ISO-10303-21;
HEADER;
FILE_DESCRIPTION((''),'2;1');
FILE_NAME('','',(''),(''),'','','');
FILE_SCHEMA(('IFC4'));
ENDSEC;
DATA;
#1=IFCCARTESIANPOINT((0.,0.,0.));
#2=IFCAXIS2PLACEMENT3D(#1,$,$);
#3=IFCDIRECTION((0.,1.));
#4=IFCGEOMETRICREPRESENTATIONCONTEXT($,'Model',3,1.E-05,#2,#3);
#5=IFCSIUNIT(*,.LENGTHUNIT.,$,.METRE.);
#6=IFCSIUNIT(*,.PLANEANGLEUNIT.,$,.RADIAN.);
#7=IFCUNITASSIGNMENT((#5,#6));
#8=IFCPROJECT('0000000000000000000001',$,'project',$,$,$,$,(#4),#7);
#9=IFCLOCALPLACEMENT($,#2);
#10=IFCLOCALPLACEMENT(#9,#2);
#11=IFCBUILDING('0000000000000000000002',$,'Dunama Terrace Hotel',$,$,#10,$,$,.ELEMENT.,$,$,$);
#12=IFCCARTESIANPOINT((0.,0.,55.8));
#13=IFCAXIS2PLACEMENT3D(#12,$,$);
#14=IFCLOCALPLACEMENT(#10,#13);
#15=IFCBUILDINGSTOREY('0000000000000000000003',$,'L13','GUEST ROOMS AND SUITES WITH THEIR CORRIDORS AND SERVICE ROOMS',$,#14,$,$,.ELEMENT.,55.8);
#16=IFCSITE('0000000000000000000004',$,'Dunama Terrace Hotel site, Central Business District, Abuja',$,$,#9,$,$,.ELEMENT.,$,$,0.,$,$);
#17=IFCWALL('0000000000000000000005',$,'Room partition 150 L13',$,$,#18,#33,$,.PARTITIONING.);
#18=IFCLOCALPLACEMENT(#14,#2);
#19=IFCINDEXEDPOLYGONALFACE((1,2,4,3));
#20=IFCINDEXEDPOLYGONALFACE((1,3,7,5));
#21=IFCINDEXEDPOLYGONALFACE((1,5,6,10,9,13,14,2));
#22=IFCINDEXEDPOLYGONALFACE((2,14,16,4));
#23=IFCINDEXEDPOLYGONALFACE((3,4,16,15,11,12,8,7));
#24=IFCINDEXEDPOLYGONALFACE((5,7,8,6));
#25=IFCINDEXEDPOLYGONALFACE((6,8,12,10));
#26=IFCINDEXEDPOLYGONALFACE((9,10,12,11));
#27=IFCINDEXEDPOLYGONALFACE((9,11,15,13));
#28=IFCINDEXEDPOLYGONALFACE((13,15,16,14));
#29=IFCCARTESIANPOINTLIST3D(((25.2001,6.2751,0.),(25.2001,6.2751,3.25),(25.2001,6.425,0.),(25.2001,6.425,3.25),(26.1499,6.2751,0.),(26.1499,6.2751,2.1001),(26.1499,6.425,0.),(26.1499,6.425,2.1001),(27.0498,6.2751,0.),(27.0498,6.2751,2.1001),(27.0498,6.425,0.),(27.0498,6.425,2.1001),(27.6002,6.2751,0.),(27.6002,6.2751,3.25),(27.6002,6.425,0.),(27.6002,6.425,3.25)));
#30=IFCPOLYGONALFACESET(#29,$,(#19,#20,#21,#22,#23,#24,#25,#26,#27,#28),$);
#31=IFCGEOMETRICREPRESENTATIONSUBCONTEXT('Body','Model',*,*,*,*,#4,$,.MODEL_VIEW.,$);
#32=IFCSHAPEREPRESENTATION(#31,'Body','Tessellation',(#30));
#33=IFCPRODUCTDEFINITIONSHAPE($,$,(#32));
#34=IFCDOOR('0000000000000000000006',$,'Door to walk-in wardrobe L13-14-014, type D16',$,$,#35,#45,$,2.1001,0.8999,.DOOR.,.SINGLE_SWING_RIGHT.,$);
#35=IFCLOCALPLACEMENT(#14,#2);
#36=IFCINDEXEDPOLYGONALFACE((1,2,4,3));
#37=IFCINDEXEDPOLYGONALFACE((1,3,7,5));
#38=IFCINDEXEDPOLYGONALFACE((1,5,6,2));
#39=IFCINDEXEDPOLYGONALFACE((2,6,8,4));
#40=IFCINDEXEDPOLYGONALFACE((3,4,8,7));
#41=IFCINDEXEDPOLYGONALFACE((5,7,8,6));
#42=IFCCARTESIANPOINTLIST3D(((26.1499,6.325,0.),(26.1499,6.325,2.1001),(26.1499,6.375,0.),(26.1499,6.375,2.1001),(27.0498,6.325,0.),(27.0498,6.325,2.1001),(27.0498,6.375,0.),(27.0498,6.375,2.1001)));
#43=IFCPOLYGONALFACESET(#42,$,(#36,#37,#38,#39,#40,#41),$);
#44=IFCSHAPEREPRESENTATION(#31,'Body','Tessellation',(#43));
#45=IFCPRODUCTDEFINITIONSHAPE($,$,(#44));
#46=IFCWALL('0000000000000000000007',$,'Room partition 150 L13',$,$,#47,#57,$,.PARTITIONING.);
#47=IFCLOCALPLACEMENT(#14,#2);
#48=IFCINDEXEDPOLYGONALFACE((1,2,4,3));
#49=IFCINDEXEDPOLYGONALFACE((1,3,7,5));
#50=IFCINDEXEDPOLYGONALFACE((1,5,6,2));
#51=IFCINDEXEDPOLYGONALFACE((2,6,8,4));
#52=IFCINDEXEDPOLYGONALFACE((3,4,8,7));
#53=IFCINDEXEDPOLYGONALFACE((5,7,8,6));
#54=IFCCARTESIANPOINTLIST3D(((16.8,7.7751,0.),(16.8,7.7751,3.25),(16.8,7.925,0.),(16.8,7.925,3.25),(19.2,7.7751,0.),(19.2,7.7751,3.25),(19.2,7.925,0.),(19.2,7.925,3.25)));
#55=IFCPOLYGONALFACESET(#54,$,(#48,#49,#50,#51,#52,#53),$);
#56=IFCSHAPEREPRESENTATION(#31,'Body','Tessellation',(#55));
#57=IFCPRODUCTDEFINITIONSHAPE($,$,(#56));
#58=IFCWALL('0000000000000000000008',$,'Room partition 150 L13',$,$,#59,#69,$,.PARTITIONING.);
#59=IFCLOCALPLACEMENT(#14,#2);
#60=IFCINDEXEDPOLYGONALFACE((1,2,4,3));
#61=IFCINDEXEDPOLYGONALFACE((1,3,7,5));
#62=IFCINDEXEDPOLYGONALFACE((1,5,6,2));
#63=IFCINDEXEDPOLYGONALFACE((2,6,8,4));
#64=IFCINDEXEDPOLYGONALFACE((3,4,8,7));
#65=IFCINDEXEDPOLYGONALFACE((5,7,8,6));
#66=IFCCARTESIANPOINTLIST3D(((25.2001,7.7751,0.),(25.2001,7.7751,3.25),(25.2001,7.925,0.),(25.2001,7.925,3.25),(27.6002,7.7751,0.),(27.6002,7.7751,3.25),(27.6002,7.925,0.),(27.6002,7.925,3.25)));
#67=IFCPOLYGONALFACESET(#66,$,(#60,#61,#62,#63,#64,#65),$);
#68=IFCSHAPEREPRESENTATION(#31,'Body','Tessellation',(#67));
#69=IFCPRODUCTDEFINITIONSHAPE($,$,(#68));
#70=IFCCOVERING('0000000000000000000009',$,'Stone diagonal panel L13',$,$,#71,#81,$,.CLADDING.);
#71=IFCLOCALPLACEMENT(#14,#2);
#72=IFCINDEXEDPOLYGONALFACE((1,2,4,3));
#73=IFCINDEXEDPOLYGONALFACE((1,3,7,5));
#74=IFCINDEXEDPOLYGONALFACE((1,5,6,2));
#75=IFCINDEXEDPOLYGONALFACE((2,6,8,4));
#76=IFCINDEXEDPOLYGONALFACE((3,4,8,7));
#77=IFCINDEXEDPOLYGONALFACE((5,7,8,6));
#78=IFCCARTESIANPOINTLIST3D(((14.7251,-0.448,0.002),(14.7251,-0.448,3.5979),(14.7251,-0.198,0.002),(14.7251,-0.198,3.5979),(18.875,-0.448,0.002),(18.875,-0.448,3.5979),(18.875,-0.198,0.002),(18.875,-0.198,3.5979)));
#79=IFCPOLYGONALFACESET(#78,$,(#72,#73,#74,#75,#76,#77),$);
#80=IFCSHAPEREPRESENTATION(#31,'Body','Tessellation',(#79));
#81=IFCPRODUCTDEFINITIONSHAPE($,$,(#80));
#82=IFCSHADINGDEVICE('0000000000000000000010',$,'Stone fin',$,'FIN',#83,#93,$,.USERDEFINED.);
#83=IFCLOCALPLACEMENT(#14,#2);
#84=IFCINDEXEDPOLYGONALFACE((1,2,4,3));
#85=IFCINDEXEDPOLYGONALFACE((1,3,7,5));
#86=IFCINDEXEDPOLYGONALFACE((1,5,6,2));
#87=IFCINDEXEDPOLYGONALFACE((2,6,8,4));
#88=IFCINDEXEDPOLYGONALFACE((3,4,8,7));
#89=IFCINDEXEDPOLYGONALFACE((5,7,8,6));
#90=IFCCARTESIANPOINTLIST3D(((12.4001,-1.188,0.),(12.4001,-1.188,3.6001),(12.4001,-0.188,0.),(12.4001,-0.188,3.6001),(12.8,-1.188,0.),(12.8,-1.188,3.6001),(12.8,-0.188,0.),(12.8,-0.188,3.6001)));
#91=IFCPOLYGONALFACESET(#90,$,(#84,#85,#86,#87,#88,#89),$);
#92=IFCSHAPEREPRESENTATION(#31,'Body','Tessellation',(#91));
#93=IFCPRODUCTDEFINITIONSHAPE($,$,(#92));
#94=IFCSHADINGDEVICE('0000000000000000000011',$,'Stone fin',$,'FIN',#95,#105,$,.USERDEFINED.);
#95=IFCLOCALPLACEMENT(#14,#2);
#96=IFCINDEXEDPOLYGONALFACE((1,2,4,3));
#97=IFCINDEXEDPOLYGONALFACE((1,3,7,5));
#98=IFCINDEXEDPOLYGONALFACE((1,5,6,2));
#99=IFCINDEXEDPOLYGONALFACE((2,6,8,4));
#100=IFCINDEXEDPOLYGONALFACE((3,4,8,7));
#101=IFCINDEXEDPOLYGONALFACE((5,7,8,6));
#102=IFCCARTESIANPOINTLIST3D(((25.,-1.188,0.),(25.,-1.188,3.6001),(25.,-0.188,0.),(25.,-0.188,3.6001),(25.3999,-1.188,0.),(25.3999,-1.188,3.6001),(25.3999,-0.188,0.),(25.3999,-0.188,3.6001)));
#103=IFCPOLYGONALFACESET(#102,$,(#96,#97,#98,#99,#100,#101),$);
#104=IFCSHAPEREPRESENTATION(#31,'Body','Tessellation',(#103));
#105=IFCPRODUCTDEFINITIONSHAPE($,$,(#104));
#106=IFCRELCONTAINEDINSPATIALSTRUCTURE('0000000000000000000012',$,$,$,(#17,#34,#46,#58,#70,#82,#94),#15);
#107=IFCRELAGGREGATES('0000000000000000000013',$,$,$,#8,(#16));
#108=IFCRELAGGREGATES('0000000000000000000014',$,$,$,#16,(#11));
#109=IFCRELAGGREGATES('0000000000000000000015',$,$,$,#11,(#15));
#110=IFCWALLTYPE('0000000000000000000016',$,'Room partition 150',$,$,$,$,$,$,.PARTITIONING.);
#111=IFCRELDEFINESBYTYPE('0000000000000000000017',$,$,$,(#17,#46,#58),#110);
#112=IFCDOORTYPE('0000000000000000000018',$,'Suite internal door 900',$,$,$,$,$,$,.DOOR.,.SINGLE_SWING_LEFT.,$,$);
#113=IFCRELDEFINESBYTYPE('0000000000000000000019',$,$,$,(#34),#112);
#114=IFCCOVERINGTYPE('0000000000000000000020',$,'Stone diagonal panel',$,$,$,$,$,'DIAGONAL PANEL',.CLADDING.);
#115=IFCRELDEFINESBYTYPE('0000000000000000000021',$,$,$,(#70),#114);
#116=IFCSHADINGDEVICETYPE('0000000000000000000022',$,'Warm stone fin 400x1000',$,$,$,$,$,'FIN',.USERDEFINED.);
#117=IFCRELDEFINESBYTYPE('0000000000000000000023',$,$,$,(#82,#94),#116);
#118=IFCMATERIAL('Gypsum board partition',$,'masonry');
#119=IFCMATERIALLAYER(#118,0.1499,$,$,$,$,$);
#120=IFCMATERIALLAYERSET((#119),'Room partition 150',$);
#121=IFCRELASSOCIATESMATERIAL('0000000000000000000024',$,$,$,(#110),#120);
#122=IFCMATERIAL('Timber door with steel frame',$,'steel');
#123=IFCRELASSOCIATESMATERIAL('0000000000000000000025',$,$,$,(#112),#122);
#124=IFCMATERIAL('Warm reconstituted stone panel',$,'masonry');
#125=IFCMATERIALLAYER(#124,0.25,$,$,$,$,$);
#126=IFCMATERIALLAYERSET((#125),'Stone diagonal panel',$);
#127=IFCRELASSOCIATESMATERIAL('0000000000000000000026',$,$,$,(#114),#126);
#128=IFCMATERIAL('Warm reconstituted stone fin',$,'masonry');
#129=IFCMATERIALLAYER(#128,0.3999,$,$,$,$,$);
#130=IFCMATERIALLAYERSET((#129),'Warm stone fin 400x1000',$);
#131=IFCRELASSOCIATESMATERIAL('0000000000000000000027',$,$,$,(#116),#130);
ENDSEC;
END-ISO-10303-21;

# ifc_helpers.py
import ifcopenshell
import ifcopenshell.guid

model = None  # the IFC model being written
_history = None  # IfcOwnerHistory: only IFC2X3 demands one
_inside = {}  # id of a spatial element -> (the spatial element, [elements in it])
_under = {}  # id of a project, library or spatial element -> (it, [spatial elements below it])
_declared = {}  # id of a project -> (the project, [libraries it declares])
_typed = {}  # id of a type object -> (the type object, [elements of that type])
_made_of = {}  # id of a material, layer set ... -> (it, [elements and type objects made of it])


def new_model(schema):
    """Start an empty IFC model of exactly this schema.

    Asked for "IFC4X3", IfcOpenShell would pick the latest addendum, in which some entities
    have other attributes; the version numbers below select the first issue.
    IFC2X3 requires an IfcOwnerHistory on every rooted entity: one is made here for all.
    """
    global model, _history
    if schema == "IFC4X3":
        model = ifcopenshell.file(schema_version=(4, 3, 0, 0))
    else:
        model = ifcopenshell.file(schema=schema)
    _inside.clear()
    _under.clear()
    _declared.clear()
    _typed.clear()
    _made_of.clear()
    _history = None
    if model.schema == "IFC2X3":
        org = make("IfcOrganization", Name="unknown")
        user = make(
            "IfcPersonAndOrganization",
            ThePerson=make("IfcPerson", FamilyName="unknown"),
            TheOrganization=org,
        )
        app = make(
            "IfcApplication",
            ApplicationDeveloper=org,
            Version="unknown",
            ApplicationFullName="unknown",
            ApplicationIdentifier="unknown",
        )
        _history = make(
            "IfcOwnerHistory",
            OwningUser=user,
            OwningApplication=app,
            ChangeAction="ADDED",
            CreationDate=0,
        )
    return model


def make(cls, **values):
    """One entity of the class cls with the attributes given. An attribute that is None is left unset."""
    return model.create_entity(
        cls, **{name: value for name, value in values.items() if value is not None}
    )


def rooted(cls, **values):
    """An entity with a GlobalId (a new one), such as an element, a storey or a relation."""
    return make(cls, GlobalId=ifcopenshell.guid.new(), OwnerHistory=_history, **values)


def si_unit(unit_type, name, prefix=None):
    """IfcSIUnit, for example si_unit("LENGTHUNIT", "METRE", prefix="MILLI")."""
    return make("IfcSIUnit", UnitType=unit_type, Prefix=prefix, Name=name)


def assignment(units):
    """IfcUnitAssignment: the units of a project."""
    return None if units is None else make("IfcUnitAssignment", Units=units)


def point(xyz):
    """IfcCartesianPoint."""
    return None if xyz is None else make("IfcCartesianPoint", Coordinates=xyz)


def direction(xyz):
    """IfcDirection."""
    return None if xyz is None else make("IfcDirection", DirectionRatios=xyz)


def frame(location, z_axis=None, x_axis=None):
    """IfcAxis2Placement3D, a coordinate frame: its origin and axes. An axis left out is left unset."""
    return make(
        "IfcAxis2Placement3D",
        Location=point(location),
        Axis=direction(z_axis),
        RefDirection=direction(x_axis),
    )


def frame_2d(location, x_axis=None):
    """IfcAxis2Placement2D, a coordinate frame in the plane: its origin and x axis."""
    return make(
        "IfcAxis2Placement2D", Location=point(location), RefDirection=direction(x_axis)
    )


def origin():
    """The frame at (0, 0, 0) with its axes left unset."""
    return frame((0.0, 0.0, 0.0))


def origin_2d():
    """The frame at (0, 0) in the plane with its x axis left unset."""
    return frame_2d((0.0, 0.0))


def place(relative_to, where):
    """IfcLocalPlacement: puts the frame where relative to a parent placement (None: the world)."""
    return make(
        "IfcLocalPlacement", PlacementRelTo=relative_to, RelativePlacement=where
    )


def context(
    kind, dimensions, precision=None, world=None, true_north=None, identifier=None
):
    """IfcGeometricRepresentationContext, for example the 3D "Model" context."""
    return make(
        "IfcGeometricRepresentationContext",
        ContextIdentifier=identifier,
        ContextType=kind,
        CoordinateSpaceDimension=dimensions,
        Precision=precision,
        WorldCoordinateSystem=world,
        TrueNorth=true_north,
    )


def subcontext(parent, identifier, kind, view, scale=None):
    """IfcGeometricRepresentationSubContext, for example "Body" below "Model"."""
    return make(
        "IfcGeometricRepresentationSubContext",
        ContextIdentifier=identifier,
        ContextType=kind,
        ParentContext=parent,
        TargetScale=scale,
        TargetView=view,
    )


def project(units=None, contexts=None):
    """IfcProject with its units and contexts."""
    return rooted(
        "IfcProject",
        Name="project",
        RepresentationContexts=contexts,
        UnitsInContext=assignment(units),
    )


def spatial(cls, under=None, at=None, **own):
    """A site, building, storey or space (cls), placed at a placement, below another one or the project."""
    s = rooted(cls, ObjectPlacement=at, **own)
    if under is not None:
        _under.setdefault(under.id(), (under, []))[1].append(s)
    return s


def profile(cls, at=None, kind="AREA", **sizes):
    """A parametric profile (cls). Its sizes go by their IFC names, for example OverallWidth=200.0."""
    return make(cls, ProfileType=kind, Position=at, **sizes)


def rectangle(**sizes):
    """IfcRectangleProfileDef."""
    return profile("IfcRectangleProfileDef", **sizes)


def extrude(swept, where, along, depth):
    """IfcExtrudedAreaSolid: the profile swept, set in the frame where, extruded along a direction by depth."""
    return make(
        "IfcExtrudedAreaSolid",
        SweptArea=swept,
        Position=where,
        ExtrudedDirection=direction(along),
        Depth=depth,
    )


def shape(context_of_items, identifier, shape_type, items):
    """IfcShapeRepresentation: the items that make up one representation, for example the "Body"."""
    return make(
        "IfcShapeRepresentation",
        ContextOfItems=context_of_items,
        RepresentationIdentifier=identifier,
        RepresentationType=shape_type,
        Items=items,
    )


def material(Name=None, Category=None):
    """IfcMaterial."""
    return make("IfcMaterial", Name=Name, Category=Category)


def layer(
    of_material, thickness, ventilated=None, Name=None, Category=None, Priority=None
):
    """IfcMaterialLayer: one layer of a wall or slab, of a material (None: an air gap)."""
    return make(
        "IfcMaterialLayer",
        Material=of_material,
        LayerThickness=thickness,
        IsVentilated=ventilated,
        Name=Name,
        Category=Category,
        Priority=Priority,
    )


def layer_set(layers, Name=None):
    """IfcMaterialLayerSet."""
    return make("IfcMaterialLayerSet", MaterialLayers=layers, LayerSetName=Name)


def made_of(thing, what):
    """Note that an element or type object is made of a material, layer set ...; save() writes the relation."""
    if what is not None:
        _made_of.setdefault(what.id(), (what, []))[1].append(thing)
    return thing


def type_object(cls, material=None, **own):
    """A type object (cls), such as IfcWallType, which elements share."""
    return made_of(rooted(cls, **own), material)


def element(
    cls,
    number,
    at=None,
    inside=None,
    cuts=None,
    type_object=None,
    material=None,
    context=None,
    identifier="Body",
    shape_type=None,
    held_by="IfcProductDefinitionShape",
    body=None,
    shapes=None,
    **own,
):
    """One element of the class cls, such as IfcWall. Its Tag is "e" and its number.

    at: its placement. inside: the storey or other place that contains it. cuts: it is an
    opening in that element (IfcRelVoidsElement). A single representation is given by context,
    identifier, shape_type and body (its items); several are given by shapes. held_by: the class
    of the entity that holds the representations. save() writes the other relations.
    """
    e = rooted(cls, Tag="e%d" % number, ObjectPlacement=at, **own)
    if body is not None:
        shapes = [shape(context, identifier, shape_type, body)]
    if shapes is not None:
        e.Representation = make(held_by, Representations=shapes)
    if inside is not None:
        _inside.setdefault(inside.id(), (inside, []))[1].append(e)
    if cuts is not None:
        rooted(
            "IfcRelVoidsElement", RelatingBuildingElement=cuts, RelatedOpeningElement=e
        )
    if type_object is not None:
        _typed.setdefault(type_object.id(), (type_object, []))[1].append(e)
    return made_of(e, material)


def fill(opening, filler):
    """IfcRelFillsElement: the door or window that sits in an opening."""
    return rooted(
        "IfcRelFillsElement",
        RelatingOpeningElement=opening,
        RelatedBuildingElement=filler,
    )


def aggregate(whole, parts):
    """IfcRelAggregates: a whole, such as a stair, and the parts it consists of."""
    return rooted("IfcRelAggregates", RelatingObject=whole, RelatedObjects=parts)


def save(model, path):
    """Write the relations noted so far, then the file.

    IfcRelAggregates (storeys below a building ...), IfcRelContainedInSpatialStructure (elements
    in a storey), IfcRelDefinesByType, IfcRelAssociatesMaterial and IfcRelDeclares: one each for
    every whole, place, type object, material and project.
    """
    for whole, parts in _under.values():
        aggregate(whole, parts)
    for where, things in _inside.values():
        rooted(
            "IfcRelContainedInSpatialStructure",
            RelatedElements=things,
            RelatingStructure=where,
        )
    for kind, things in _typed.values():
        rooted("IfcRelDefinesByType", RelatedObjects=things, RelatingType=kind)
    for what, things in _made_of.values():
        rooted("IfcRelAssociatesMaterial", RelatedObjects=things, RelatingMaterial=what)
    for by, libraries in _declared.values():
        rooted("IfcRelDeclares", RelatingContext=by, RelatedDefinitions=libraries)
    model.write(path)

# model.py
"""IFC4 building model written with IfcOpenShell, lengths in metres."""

from ifc_helpers import new_model, si_unit, direction, frame, frame_2d, origin, origin_2d, place, context, subcontext, project, spatial, rectangle, extrude, material, layer, layer_set, type_object, element, fill, save


model = new_model("IFC4")

# Units and contexts
model_context = context("Model", 3, precision=1e-05, world=origin(), true_north=direction((0.0, 1.0)))
body_context = subcontext(model_context, "Body", "Model", "MODEL_VIEW")
ifc_project = project(units=[si_unit("LENGTHUNIT", "METRE"), si_unit("PLANEANGLEUNIT", "RADIAN")], contexts=[model_context])

# Site, building, storey
site_placement = place(None, origin())
site = spatial("IfcSite", under=ifc_project, at=site_placement, Name="Dunama Terrace Hotel site, Central Business District, Abuja", CompositionType="ELEMENT", RefElevation=0.0)
building_placement = place(site_placement, origin())
building = spatial("IfcBuilding", under=site, at=building_placement, Name="Dunama Terrace Hotel", CompositionType="ELEMENT")
storey_placement = place(building_placement, frame((0.0, 0.0, 55.8)))
storey = spatial("IfcBuildingStorey", under=building, at=storey_placement, Name="L13", Description="GUEST ROOMS AND SUITES WITH THEIR CORRIDORS AND SERVICE ROOMS", CompositionType="ELEMENT", Elevation=55.8)

# Shared definitions
ifc_material_1 = material(Name="Gypsum board partition", Category="masonry")
ifc_layer_1 = layer(ifc_material_1, 0.1499)
ifc_layer_set_1 = layer_set([ifc_layer_1], Name="Room partition 150")
wall_type_1 = type_object("IfcWallType", Name="Room partition 150", PredefinedType="PARTITIONING", material=ifc_layer_set_1)

# Wall, opening, door
ifc_material_2 = material(Name="Timber door with steel frame", Category="steel")
door_type_1 = type_object("IfcDoorType", Name="Suite internal door 900", OperationType="SINGLE_SWING_LEFT", PredefinedType="DOOR", material=ifc_material_2)
wall_1_placement = place(storey_placement, frame((25.2, 6.3501, 0.0), z_axis=(0.0, 0.0, 1.0), x_axis=(1.0, 0.0, 0.0)))
wall_1 = element("IfcWall", 1, at=wall_1_placement, inside=storey, type_object=wall_type_1, Name="Room partition 150 L13", PredefinedType="PARTITIONING", context=body_context, shape_type="SweptSolid", body=[
    extrude(rectangle(XDim=2.4001, YDim=0.1499, at=frame_2d((1.2002, 0.0))), origin(), (0.0, 0.0, 1.0), 3.25),
])
opening_1_placement = place(wall_1_placement, frame((0.95, 0.0, 0.0)))
opening_1 = element("IfcOpeningElement", 2, at=opening_1_placement, cuts=wall_1, PredefinedType="OPENING", context=body_context, shape_type="SweptSolid", body=[
    extrude(rectangle(XDim=0.8999, YDim=2.1001, at=frame_2d((0.45, 1.05))), frame((0.0, 0.085, 0.0), z_axis=(0.0, -1.0, 0.0), x_axis=(1.0, 0.0, 0.0)), (0.0, 0.0, 1.0), 0.1699),
])
door_1_placement = place(opening_1_placement, origin())
door_1 = element("IfcDoor", 3, at=door_1_placement, inside=storey, type_object=door_type_1, Name="Door to walk-in wardrobe L13-14-014, type D16", OperationType="SINGLE_SWING_RIGHT", OverallHeight=2.1001, OverallWidth=0.8999, PredefinedType="DOOR", context=body_context, shape_type="SweptSolid", body=[
    extrude(rectangle(XDim=0.8999, YDim=2.1001, at=frame_2d((0.45, 1.05))), frame((0.0, 0.0249, 0.0), z_axis=(0.0, -1.0, 0.0), x_axis=(1.0, 0.0, 0.0)), (0.0, 0.0, 1.0), 0.05),
])
fill(opening_1, door_1)

# Walls
wall_2_placement = place(storey_placement, frame((16.8, 7.8501, 0.0), z_axis=(0.0, 0.0, 1.0), x_axis=(1.0, 0.0, 0.0)))
element("IfcWall", 4, at=wall_2_placement, inside=storey, type_object=wall_type_1, Name="Room partition 150 L13", PredefinedType="PARTITIONING", context=body_context, shape_type="SweptSolid", body=[
    extrude(rectangle(XDim=2.3999, YDim=0.1499, at=frame_2d((1.2, 0.0))), origin(), (0.0, 0.0, 1.0), 3.25),
])
wall_3_placement = place(storey_placement, frame((25.2, 7.8501, 0.0), z_axis=(0.0, 0.0, 1.0), x_axis=(1.0, 0.0, 0.0)))
element("IfcWall", 5, at=wall_3_placement, inside=storey, type_object=wall_type_1, Name="Room partition 150 L13", PredefinedType="PARTITIONING", context=body_context, shape_type="SweptSolid", body=[
    extrude(rectangle(XDim=2.4001, YDim=0.1499, at=frame_2d((1.2002, 0.0))), origin(), (0.0, 0.0, 1.0), 3.25),
])

# Covering
ifc_material_3 = material(Name="Warm reconstituted stone panel", Category="masonry")
ifc_layer_2 = layer(ifc_material_3, 0.25)
ifc_layer_set_2 = layer_set([ifc_layer_2], Name="Stone diagonal panel")
covering_type = type_object("IfcCoveringType", Name="Stone diagonal panel", ElementType="DIAGONAL PANEL", PredefinedType="CLADDING", material=ifc_layer_set_2)
covering_placement = place(storey_placement, frame((16.8, -0.323, 0.002), z_axis=(0.0, 0.0, 1.0), x_axis=(1.0, 0.0, 0.0)))
element("IfcCovering", 6, at=covering_placement, inside=storey, type_object=covering_type, Name="Stone diagonal panel L13", PredefinedType="CLADDING", context=body_context, shape_type="SweptSolid", body=[
    extrude(rectangle(XDim=4.1499, YDim=0.25, at=origin_2d()), origin(), (0.0, 0.0, 1.0), 3.5959),
])

# Shading devices
ifc_material_4 = material(Name="Warm reconstituted stone fin", Category="masonry")
ifc_layer_3 = layer(ifc_material_4, 0.3999)
ifc_layer_set_3 = layer_set([ifc_layer_3], Name="Warm stone fin 400x1000")
shading_device_type = type_object("IfcShadingDeviceType", Name="Warm stone fin 400x1000", ElementType="FIN", PredefinedType="USERDEFINED", material=ifc_layer_set_3)
for number, where, z_axis, x_axis, name in (
    (7, (12.6001, -0.688, 0.0), (0.0, 0.0, 1.0), (1.0, 0.0, 0.0), "Stone fin"),
    (8, (25.2, -0.688, 0.0), (0.0, 0.0, 1.0), (1.0, 0.0, 0.0), "Stone fin"),
):
    element("IfcShadingDevice", number, at=place(storey_placement, frame(where, z_axis=z_axis, x_axis=x_axis)), inside=storey, type_object=shading_device_type, Name=name, ObjectType="FIN", PredefinedType="USERDEFINED", context=body_context, shape_type="SweptSolid", body=[
        extrude(rectangle(XDim=0.3999, YDim=1.0, at=origin_2d()), origin(), (0.0, 0.0, 1.0), 3.6001),
    ])

save(model, "model.ifc")
